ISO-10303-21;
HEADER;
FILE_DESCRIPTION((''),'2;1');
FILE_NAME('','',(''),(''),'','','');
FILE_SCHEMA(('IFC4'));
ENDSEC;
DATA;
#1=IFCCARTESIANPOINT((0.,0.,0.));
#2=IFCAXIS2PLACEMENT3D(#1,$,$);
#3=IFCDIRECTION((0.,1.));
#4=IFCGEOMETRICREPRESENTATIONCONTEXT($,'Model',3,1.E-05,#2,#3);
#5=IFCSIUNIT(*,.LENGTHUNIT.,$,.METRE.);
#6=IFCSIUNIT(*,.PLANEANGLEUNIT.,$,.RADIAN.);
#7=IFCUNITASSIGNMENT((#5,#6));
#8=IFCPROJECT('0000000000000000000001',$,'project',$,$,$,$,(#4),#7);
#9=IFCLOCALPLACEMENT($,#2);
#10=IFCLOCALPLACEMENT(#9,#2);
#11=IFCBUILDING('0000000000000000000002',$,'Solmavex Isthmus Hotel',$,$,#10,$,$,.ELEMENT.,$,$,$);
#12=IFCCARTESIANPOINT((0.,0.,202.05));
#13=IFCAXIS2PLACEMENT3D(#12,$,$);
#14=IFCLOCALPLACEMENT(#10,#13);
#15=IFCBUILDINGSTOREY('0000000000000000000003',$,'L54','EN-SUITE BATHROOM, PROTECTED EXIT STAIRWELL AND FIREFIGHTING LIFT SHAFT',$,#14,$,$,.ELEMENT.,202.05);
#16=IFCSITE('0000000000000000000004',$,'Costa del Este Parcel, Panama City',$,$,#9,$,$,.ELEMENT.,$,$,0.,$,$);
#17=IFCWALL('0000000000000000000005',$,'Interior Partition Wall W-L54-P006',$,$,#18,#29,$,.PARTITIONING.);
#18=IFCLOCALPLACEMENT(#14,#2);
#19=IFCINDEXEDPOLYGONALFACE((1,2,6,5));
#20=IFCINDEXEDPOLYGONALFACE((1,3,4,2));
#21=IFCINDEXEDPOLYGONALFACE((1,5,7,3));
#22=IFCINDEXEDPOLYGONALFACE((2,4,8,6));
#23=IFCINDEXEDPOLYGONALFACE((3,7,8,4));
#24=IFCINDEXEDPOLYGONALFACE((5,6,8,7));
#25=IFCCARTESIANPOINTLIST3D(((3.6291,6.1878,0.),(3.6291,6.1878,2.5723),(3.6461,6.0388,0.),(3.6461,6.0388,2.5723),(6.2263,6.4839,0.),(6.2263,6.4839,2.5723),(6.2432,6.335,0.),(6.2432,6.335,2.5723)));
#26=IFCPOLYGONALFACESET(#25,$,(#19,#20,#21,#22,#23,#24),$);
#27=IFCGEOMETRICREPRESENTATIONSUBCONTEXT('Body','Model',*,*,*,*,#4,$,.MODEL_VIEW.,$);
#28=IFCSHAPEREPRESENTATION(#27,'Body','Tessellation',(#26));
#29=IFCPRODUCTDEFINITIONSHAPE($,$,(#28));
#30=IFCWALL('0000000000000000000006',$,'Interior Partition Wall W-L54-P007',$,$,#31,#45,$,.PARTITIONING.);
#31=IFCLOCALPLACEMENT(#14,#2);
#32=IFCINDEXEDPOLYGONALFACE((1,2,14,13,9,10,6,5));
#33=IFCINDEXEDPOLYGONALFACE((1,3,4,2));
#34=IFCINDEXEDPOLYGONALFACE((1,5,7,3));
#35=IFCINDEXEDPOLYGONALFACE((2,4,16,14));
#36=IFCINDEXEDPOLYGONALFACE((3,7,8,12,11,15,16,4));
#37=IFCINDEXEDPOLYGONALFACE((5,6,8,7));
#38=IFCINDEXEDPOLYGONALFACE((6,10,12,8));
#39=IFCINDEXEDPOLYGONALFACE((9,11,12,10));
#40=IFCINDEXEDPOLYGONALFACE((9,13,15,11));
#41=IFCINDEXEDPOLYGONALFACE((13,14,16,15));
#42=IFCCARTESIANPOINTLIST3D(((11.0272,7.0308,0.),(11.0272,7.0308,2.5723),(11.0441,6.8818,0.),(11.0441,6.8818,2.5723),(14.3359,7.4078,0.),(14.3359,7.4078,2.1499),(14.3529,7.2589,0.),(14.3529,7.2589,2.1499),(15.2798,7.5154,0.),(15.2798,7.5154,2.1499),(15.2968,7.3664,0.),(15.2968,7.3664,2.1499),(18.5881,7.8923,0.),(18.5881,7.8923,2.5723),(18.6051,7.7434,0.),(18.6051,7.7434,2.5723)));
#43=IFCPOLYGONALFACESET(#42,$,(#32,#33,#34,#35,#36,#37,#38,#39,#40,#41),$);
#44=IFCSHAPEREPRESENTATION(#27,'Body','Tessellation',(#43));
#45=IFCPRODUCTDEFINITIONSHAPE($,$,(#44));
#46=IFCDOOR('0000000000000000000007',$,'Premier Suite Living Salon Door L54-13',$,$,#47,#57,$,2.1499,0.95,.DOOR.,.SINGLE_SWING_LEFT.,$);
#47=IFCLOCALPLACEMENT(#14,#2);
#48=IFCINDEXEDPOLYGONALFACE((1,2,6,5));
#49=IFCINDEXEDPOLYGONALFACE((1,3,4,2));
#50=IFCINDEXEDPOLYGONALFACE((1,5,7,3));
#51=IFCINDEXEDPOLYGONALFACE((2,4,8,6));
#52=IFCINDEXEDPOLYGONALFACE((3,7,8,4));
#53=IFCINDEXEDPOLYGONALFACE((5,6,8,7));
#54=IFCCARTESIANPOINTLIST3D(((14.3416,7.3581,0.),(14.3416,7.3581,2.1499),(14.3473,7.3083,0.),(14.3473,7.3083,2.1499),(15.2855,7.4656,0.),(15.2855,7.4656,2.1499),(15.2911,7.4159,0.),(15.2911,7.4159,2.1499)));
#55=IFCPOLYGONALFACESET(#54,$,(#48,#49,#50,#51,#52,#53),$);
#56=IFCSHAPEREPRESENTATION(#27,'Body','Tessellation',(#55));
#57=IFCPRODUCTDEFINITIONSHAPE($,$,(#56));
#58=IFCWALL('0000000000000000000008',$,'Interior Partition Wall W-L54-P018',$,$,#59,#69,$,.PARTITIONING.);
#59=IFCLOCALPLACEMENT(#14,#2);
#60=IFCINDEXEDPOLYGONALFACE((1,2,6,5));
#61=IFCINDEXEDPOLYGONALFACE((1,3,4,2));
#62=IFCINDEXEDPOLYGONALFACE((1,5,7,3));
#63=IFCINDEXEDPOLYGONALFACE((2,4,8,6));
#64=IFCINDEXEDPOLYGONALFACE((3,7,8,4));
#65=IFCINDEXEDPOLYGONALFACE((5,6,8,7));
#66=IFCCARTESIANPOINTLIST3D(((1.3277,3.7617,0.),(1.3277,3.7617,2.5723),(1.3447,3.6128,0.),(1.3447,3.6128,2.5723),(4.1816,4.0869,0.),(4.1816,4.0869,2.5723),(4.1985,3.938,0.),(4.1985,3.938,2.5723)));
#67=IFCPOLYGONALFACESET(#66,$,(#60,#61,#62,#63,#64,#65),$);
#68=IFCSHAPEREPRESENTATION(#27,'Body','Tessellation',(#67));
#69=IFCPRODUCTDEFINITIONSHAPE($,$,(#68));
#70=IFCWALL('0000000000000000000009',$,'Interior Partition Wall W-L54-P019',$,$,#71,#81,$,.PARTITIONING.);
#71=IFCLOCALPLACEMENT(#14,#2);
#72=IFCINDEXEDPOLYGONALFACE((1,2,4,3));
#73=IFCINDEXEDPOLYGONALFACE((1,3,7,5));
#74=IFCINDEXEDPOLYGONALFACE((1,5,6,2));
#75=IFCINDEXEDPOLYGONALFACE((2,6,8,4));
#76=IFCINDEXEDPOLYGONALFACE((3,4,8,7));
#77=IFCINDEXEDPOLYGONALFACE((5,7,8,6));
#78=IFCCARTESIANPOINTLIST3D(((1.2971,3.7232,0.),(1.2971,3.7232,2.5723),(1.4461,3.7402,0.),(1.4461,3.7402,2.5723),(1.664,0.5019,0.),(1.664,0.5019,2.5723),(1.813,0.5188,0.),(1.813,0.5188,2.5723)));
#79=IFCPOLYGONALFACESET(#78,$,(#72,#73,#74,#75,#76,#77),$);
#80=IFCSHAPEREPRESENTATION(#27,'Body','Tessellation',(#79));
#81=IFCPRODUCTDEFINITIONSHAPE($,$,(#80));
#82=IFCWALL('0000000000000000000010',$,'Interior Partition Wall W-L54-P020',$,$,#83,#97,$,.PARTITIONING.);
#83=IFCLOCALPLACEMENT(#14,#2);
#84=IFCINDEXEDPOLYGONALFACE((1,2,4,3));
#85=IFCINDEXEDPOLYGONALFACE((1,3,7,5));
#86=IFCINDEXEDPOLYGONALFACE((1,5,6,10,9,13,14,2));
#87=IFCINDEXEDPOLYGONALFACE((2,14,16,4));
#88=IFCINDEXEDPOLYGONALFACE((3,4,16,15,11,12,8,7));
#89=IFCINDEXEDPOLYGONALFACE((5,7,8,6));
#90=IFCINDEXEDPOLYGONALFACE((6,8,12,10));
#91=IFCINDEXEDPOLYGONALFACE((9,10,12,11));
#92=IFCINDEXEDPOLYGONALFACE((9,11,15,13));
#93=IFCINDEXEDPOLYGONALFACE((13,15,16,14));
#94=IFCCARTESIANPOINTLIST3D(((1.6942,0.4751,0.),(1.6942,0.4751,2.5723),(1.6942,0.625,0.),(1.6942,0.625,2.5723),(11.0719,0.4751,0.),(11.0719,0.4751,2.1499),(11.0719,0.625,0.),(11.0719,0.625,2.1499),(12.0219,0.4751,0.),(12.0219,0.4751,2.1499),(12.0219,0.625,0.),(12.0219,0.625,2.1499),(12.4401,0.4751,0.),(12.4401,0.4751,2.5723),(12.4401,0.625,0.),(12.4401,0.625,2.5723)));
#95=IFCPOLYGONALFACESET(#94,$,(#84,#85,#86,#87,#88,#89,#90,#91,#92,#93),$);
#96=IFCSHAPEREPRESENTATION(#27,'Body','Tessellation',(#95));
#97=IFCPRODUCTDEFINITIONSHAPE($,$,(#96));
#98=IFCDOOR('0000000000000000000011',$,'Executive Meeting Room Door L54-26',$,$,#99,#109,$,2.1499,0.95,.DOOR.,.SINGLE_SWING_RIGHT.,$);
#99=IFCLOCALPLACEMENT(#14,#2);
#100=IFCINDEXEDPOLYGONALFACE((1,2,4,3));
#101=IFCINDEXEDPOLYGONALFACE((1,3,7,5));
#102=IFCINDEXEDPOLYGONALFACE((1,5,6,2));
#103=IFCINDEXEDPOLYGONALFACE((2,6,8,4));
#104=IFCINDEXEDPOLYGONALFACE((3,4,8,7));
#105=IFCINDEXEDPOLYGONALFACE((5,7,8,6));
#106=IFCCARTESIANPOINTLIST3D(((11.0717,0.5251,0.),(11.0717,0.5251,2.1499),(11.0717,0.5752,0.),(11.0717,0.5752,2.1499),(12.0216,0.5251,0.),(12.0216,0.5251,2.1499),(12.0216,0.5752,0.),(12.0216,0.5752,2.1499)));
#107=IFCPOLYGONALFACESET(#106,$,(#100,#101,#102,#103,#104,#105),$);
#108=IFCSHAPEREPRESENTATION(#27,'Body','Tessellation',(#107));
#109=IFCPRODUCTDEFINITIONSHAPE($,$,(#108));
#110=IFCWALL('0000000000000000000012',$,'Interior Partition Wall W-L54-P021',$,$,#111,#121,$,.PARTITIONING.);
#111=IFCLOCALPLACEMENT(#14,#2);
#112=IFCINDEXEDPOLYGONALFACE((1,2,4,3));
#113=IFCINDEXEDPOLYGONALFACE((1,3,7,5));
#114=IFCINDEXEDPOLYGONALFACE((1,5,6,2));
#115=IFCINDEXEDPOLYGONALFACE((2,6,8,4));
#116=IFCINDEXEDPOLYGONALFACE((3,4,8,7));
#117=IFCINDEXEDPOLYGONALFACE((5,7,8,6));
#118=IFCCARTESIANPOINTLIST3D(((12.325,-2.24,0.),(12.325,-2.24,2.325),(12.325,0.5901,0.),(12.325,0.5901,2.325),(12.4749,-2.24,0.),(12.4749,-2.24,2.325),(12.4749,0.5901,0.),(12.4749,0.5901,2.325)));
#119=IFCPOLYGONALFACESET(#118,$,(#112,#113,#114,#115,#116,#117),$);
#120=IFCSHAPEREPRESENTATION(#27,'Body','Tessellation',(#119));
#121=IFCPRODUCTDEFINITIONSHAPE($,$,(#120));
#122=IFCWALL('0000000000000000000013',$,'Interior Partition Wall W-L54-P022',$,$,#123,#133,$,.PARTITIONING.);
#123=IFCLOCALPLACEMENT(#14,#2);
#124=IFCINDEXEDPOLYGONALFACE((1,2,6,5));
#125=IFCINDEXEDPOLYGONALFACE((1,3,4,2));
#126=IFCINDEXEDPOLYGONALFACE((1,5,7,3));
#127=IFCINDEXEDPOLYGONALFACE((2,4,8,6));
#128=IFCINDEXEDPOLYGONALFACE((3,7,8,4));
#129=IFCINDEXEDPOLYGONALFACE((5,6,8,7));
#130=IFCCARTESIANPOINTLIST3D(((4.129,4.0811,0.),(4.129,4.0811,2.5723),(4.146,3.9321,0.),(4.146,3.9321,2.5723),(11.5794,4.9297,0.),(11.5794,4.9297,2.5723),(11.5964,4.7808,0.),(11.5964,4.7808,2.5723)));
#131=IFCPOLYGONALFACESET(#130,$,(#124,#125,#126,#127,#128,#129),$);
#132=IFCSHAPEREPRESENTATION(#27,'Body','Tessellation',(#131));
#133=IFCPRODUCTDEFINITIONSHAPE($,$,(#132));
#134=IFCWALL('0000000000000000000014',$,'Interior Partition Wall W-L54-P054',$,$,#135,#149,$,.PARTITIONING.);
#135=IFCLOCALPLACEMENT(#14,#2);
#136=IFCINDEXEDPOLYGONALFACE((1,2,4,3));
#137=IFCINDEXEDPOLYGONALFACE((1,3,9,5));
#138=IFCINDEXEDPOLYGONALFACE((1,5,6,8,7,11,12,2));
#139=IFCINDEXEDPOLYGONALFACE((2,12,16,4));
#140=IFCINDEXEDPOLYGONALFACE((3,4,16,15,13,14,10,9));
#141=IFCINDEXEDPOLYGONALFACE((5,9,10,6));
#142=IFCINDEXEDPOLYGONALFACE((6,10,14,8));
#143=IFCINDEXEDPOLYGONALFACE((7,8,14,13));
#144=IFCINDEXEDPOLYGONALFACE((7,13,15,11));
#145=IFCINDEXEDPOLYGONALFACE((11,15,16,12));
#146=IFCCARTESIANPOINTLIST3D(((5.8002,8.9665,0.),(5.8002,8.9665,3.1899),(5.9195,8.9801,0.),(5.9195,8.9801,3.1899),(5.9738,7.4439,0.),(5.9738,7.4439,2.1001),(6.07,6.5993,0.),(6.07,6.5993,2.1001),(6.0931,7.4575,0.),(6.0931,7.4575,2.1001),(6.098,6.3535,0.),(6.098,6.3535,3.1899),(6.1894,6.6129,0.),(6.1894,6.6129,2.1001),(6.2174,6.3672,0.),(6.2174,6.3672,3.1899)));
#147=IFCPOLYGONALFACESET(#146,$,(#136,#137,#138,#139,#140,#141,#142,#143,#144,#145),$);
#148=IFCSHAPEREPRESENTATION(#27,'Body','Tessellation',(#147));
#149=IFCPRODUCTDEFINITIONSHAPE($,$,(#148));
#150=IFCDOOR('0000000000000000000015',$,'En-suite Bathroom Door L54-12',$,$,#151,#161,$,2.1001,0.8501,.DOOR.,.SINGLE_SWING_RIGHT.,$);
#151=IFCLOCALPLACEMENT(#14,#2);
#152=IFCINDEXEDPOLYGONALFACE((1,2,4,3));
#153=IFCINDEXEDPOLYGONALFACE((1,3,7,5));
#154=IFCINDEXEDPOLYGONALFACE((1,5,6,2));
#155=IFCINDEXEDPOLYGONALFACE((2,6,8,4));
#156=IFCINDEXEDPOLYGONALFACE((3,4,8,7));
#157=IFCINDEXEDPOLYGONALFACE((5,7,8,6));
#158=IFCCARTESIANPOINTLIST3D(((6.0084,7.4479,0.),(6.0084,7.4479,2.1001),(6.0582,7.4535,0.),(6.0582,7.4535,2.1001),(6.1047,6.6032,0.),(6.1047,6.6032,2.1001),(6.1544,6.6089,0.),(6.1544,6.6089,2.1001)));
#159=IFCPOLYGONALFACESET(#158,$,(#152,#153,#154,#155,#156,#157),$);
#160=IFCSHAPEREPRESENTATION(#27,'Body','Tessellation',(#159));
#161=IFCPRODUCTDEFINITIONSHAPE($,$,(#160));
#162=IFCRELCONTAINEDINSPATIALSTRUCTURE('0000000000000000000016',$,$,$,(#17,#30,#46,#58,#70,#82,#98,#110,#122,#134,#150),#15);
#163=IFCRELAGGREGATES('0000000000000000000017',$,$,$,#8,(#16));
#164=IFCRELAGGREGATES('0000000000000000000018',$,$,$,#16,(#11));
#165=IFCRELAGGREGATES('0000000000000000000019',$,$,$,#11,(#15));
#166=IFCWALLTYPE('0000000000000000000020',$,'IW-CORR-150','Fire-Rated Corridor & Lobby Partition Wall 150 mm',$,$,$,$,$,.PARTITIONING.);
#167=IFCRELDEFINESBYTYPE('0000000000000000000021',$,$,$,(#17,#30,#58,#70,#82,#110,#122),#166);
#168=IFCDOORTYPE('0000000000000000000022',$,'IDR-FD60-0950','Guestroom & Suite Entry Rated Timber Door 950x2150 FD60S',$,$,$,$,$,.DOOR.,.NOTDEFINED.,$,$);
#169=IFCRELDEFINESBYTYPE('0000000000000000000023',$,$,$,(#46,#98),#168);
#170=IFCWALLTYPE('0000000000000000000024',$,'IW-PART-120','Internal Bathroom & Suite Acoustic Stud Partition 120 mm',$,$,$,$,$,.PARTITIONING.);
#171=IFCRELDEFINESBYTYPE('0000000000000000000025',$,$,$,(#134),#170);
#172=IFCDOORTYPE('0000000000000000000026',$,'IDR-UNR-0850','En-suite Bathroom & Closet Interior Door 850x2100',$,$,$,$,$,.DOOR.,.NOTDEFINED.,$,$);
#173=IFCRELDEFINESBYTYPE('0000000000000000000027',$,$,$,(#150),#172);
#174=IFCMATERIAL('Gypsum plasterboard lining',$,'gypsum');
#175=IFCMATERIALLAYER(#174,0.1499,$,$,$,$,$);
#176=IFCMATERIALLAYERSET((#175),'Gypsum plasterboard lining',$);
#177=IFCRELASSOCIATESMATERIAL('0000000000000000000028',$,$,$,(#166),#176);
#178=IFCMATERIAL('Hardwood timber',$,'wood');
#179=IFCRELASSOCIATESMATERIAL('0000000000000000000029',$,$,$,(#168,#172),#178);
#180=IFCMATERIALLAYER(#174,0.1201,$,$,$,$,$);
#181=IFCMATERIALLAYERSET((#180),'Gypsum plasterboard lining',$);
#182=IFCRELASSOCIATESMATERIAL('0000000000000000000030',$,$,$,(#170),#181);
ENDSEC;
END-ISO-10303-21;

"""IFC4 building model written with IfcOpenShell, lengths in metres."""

from ifc_helpers import new_model, si_unit, direction, frame, frame_2d, origin, place, context, subcontext, project, spatial, rectangle, extrude, material, layer, layer_set, type_object, element, fill, save


model = new_model("IFC4")

# Units and contexts
model_context = context("Model", 3, precision=1e-05, world=origin(), true_north=direction((0.0, 1.0)))
body_context = subcontext(model_context, "Body", "Model", "MODEL_VIEW")
ifc_project = project(units=[si_unit("LENGTHUNIT", "METRE"), si_unit("PLANEANGLEUNIT", "RADIAN")], contexts=[model_context])

# Site, building, storey
site_placement = place(None, origin())
site = spatial("IfcSite", under=ifc_project, at=site_placement, Name="Costa del Este Parcel, Panama City", CompositionType="ELEMENT", RefElevation=0.0)
building_placement = place(site_placement, origin())
building = spatial("IfcBuilding", under=site, at=building_placement, Name="Solmavex Isthmus Hotel", CompositionType="ELEMENT")
storey_placement = place(building_placement, frame((0.0, 0.0, 202.05)))
storey = spatial("IfcBuildingStorey", under=building, at=storey_placement, Name="L54", Description="EN-SUITE BATHROOM, PROTECTED EXIT STAIRWELL AND FIREFIGHTING LIFT SHAFT", CompositionType="ELEMENT", Elevation=202.05)

# Shared definitions
ifc_material_1 = material(Name="Gypsum plasterboard lining", Category="gypsum")
ifc_layer_1 = layer(ifc_material_1, 0.1499)
ifc_layer_set_1 = layer_set([ifc_layer_1], Name="Gypsum plasterboard lining")
wall_type_1 = type_object("IfcWallType", Name="IW-CORR-150", Description="Fire-Rated Corridor & Lobby Partition Wall 150 mm", PredefinedType="PARTITIONING", material=ifc_layer_set_1)
ifc_material_2 = material(Name="Hardwood timber", Category="wood")
door_type_1 = type_object("IfcDoorType", Name="IDR-FD60-0950", Description="Guestroom & Suite Entry Rated Timber Door 950x2150 FD60S", OperationType="NOTDEFINED", PredefinedType="DOOR", material=ifc_material_2)

# Wall
wall_1_placement = place(storey_placement, frame((3.6375, 6.1133, 0.0), z_axis=(0.0, 0.0, 1.0), x_axis=(0.993562, 0.113291, 0.0)))
element("IfcWall", 1, at=wall_1_placement, inside=storey, type_object=wall_type_1, Name="Interior Partition Wall W-L54-P006", PredefinedType="PARTITIONING", context=body_context, shape_type="SweptSolid", body=[
    extrude(rectangle(XDim=2.614, YDim=0.1499, at=frame_2d((1.3071, 0.0))), origin(), (0.0, 0.0, 1.0), 2.5723),
])

# Wall, opening, door
wall_2_placement = place(storey_placement, frame((11.0356, 6.9563, 0.0), z_axis=(0.0, 0.0, 1.0), x_axis=(0.99357, 0.113216, 0.0)))
wall_2 = element("IfcWall", 2, at=wall_2_placement, inside=storey, type_object=wall_type_1, Name="Interior Partition Wall W-L54-P007", PredefinedType="PARTITIONING", context=body_context, shape_type="SweptSolid", body=[
    extrude(rectangle(XDim=7.6099, YDim=0.1499, at=frame_2d((3.8049, 0.0))), origin(), (0.0, 0.0, 1.0), 2.5723),
])
opening_1_placement = place(wall_2_placement, frame((3.3301, 0.0, 0.0)))
opening_1 = element("IfcOpeningElement", 3, at=opening_1_placement, cuts=wall_2, PredefinedType="OPENING", context=body_context, shape_type="SweptSolid", body=[
    extrude(rectangle(XDim=0.95, YDim=2.1499, at=frame_2d((0.4751, 1.075))), frame((0.0, 0.085, 0.0), z_axis=(0.0, -1.0, 0.0), x_axis=(1.0, 0.0, 0.0)), (0.0, 0.0, 1.0), 0.1699),
])
door_1_placement = place(opening_1_placement, origin())
door_1 = element("IfcDoor", 4, at=door_1_placement, inside=storey, type_object=door_type_1, Name="Premier Suite Living Salon Door L54-13", OperationType="SINGLE_SWING_LEFT", OverallHeight=2.1499, OverallWidth=0.95, PredefinedType="DOOR", context=body_context, shape_type="SweptSolid", body=[
    extrude(rectangle(XDim=0.95, YDim=2.1499, at=frame_2d((0.4751, 1.075))), frame((0.0, 0.0249, 0.0), z_axis=(0.0, -1.0, 0.0), x_axis=(1.0, 0.0, 0.0)), (0.0, 0.0, 1.0), 0.05),
])
fill(opening_1, door_1)

# Walls
wall_3_placement = place(storey_placement, frame((4.1899, 4.0125, 0.0), z_axis=(0.0, 0.0, 1.0), x_axis=(-0.99357, -0.113221, 0.0)))
element("IfcWall", 5, at=wall_3_placement, inside=storey, type_object=wall_type_1, Name="Interior Partition Wall W-L54-P018", PredefinedType="PARTITIONING", context=body_context, shape_type="SweptSolid", body=[
    extrude(rectangle(XDim=2.8723, YDim=0.1499, at=frame_2d((1.436, 0.0))), origin(), (0.0, 0.0, 1.0), 2.5723),
])
wall_4_placement = place(storey_placement, frame((1.3716, 3.7317, 0.0), z_axis=(0.0, 0.0, 1.0), x_axis=(0.113175, -0.993575, 0.0)))
element("IfcWall", 6, at=wall_4_placement, inside=storey, type_object=wall_type_1, Name="Interior Partition Wall W-L54-P019", PredefinedType="PARTITIONING", context=body_context, shape_type="SweptSolid", body=[
    extrude(rectangle(XDim=3.2422, YDim=0.1499, at=frame_2d((1.6211, 0.0))), origin(), (0.0, 0.0, 1.0), 2.5723),
])

# Wall, opening, door
wall_5_placement = place(storey_placement, frame((1.6941, 0.55, 0.0), z_axis=(0.0, 0.0, 1.0), x_axis=(1.0, 0.0, 0.0)))
wall_5 = element("IfcWall", 7, at=wall_5_placement, inside=storey, type_object=wall_type_1, Name="Interior Partition Wall W-L54-P020", PredefinedType="PARTITIONING", context=body_context, shape_type="SweptSolid", body=[
    extrude(rectangle(XDim=10.7458, YDim=0.1499, at=frame_2d((5.373, 0.0))), origin(), (0.0, 0.0, 1.0), 2.5723),
])
opening_2_placement = place(wall_5_placement, frame((9.3777, 0.0, 0.0)))
opening_2 = element("IfcOpeningElement", 8, at=opening_2_placement, cuts=wall_5, PredefinedType="OPENING", context=body_context, shape_type="SweptSolid", body=[
    extrude(rectangle(XDim=0.95, YDim=2.1499, at=frame_2d((0.4751, 1.075))), frame((0.0, 0.085, 0.0), z_axis=(0.0, -1.0, 0.0), x_axis=(1.0, 0.0, 0.0)), (0.0, 0.0, 1.0), 0.1699),
])
door_2_placement = place(opening_2_placement, frame((0.95, 0.0, 0.0), z_axis=(0.0, 0.0, 1.0), x_axis=(-1.0, 0.0, 0.0)))
door_2 = element("IfcDoor", 9, at=door_2_placement, inside=storey, type_object=door_type_1, Name="Executive Meeting Room Door L54-26", OperationType="SINGLE_SWING_RIGHT", OverallHeight=2.1499, OverallWidth=0.95, PredefinedType="DOOR", context=body_context, shape_type="SweptSolid", body=[
    extrude(rectangle(XDim=0.95, YDim=2.1499, at=frame_2d((0.4751, 1.075))), frame((0.0, 0.0249, 0.0), z_axis=(0.0, -1.0, 0.0), x_axis=(1.0, 0.0, 0.0)), (0.0, 0.0, 1.0), 0.05),
])
fill(opening_2, door_2)

# Walls
wall_6_placement = place(storey_placement, frame((12.3999, 0.5901, 0.0), z_axis=(0.0, 0.0, 1.0), x_axis=(0.0, -1.0, 0.0)))
element("IfcWall", 10, at=wall_6_placement, inside=storey, type_object=wall_type_1, Name="Interior Partition Wall W-L54-P021", PredefinedType="PARTITIONING", context=body_context, shape_type="SweptSolid", body=[
    extrude(rectangle(XDim=2.8301, YDim=0.1499, at=frame_2d((1.415, 0.0))), origin(), (0.0, 0.0, 1.0), 2.325),
])
wall_7_placement = place(storey_placement, frame((11.5879, 4.8552, 0.0), z_axis=(0.0, 0.0, 1.0), x_axis=(-0.993575, -0.113172, 0.0)))
element("IfcWall", 11, at=wall_7_placement, inside=storey, type_object=wall_type_1, Name="Interior Partition Wall W-L54-P022", PredefinedType="PARTITIONING", context=body_context, shape_type="SweptSolid", body=[
    extrude(rectangle(XDim=7.4985, YDim=0.1499, at=frame_2d((3.7493, 0.0))), origin(), (0.0, 0.0, 1.0), 2.5723),
])

# Wall, opening, door
ifc_layer_2 = layer(ifc_material_1, 0.1201)
ifc_layer_set_2 = layer_set([ifc_layer_2], Name="Gypsum plasterboard lining")
wall_type_2 = type_object("IfcWallType", Name="IW-PART-120", Description="Internal Bathroom & Suite Acoustic Stud Partition 120 mm", PredefinedType="PARTITIONING", material=ifc_layer_set_2)
wall_8_placement = place(storey_placement, frame((6.1577, 6.3604, 0.0), z_axis=(0.0, 0.0, 1.0), x_axis=(-0.113253, 0.993566, 0.0)))
wall_8 = element("IfcWall", 12, at=wall_8_placement, inside=storey, type_object=wall_type_2, Name="Interior Partition Wall W-L54-P054", PredefinedType="PARTITIONING", context=body_context, shape_type="SweptSolid", body=[
    extrude(rectangle(XDim=2.6299, YDim=0.1201, at=frame_2d((1.3149, 0.0))), origin(), (0.0, 0.0, 1.0), 3.1899),
])
opening_3_placement = place(wall_8_placement, frame((0.2473, 0.0, 0.0)))
opening_3 = element("IfcOpeningElement", 13, at=opening_3_placement, cuts=wall_8, PredefinedType="OPENING", context=body_context, shape_type="SweptSolid", body=[
    extrude(rectangle(XDim=0.8501, YDim=2.1001, at=frame_2d((0.425, 1.05))), frame((0.0, 0.0701, 0.0), z_axis=(0.0, -1.0, 0.0), x_axis=(1.0, 0.0, 0.0)), (0.0, 0.0, 1.0), 0.1401),
])
door_type_2 = type_object("IfcDoorType", Name="IDR-UNR-0850", Description="En-suite Bathroom & Closet Interior Door 850x2100", OperationType="NOTDEFINED", PredefinedType="DOOR", material=ifc_material_2)
door_3_placement = place(opening_3_placement, frame((0.8501, 0.0, 0.0), z_axis=(0.0, 0.0, 1.0), x_axis=(-1.0, 0.0, 0.0)))
door_3 = element("IfcDoor", 14, at=door_3_placement, inside=storey, type_object=door_type_2, Name="En-suite Bathroom Door L54-12", OperationType="SINGLE_SWING_RIGHT", OverallHeight=2.1001, OverallWidth=0.8501, PredefinedType="DOOR", context=body_context, shape_type="SweptSolid", body=[
    extrude(rectangle(XDim=0.8501, YDim=2.1001, at=frame_2d((0.425, 1.05))), frame((0.0, 0.0249, 0.0), z_axis=(0.0, -1.0, 0.0), x_axis=(1.0, 0.0, 0.0)), (0.0, 0.0, 1.0), 0.05),
])
fill(opening_3, door_3)

save(model, "model.ifc")
